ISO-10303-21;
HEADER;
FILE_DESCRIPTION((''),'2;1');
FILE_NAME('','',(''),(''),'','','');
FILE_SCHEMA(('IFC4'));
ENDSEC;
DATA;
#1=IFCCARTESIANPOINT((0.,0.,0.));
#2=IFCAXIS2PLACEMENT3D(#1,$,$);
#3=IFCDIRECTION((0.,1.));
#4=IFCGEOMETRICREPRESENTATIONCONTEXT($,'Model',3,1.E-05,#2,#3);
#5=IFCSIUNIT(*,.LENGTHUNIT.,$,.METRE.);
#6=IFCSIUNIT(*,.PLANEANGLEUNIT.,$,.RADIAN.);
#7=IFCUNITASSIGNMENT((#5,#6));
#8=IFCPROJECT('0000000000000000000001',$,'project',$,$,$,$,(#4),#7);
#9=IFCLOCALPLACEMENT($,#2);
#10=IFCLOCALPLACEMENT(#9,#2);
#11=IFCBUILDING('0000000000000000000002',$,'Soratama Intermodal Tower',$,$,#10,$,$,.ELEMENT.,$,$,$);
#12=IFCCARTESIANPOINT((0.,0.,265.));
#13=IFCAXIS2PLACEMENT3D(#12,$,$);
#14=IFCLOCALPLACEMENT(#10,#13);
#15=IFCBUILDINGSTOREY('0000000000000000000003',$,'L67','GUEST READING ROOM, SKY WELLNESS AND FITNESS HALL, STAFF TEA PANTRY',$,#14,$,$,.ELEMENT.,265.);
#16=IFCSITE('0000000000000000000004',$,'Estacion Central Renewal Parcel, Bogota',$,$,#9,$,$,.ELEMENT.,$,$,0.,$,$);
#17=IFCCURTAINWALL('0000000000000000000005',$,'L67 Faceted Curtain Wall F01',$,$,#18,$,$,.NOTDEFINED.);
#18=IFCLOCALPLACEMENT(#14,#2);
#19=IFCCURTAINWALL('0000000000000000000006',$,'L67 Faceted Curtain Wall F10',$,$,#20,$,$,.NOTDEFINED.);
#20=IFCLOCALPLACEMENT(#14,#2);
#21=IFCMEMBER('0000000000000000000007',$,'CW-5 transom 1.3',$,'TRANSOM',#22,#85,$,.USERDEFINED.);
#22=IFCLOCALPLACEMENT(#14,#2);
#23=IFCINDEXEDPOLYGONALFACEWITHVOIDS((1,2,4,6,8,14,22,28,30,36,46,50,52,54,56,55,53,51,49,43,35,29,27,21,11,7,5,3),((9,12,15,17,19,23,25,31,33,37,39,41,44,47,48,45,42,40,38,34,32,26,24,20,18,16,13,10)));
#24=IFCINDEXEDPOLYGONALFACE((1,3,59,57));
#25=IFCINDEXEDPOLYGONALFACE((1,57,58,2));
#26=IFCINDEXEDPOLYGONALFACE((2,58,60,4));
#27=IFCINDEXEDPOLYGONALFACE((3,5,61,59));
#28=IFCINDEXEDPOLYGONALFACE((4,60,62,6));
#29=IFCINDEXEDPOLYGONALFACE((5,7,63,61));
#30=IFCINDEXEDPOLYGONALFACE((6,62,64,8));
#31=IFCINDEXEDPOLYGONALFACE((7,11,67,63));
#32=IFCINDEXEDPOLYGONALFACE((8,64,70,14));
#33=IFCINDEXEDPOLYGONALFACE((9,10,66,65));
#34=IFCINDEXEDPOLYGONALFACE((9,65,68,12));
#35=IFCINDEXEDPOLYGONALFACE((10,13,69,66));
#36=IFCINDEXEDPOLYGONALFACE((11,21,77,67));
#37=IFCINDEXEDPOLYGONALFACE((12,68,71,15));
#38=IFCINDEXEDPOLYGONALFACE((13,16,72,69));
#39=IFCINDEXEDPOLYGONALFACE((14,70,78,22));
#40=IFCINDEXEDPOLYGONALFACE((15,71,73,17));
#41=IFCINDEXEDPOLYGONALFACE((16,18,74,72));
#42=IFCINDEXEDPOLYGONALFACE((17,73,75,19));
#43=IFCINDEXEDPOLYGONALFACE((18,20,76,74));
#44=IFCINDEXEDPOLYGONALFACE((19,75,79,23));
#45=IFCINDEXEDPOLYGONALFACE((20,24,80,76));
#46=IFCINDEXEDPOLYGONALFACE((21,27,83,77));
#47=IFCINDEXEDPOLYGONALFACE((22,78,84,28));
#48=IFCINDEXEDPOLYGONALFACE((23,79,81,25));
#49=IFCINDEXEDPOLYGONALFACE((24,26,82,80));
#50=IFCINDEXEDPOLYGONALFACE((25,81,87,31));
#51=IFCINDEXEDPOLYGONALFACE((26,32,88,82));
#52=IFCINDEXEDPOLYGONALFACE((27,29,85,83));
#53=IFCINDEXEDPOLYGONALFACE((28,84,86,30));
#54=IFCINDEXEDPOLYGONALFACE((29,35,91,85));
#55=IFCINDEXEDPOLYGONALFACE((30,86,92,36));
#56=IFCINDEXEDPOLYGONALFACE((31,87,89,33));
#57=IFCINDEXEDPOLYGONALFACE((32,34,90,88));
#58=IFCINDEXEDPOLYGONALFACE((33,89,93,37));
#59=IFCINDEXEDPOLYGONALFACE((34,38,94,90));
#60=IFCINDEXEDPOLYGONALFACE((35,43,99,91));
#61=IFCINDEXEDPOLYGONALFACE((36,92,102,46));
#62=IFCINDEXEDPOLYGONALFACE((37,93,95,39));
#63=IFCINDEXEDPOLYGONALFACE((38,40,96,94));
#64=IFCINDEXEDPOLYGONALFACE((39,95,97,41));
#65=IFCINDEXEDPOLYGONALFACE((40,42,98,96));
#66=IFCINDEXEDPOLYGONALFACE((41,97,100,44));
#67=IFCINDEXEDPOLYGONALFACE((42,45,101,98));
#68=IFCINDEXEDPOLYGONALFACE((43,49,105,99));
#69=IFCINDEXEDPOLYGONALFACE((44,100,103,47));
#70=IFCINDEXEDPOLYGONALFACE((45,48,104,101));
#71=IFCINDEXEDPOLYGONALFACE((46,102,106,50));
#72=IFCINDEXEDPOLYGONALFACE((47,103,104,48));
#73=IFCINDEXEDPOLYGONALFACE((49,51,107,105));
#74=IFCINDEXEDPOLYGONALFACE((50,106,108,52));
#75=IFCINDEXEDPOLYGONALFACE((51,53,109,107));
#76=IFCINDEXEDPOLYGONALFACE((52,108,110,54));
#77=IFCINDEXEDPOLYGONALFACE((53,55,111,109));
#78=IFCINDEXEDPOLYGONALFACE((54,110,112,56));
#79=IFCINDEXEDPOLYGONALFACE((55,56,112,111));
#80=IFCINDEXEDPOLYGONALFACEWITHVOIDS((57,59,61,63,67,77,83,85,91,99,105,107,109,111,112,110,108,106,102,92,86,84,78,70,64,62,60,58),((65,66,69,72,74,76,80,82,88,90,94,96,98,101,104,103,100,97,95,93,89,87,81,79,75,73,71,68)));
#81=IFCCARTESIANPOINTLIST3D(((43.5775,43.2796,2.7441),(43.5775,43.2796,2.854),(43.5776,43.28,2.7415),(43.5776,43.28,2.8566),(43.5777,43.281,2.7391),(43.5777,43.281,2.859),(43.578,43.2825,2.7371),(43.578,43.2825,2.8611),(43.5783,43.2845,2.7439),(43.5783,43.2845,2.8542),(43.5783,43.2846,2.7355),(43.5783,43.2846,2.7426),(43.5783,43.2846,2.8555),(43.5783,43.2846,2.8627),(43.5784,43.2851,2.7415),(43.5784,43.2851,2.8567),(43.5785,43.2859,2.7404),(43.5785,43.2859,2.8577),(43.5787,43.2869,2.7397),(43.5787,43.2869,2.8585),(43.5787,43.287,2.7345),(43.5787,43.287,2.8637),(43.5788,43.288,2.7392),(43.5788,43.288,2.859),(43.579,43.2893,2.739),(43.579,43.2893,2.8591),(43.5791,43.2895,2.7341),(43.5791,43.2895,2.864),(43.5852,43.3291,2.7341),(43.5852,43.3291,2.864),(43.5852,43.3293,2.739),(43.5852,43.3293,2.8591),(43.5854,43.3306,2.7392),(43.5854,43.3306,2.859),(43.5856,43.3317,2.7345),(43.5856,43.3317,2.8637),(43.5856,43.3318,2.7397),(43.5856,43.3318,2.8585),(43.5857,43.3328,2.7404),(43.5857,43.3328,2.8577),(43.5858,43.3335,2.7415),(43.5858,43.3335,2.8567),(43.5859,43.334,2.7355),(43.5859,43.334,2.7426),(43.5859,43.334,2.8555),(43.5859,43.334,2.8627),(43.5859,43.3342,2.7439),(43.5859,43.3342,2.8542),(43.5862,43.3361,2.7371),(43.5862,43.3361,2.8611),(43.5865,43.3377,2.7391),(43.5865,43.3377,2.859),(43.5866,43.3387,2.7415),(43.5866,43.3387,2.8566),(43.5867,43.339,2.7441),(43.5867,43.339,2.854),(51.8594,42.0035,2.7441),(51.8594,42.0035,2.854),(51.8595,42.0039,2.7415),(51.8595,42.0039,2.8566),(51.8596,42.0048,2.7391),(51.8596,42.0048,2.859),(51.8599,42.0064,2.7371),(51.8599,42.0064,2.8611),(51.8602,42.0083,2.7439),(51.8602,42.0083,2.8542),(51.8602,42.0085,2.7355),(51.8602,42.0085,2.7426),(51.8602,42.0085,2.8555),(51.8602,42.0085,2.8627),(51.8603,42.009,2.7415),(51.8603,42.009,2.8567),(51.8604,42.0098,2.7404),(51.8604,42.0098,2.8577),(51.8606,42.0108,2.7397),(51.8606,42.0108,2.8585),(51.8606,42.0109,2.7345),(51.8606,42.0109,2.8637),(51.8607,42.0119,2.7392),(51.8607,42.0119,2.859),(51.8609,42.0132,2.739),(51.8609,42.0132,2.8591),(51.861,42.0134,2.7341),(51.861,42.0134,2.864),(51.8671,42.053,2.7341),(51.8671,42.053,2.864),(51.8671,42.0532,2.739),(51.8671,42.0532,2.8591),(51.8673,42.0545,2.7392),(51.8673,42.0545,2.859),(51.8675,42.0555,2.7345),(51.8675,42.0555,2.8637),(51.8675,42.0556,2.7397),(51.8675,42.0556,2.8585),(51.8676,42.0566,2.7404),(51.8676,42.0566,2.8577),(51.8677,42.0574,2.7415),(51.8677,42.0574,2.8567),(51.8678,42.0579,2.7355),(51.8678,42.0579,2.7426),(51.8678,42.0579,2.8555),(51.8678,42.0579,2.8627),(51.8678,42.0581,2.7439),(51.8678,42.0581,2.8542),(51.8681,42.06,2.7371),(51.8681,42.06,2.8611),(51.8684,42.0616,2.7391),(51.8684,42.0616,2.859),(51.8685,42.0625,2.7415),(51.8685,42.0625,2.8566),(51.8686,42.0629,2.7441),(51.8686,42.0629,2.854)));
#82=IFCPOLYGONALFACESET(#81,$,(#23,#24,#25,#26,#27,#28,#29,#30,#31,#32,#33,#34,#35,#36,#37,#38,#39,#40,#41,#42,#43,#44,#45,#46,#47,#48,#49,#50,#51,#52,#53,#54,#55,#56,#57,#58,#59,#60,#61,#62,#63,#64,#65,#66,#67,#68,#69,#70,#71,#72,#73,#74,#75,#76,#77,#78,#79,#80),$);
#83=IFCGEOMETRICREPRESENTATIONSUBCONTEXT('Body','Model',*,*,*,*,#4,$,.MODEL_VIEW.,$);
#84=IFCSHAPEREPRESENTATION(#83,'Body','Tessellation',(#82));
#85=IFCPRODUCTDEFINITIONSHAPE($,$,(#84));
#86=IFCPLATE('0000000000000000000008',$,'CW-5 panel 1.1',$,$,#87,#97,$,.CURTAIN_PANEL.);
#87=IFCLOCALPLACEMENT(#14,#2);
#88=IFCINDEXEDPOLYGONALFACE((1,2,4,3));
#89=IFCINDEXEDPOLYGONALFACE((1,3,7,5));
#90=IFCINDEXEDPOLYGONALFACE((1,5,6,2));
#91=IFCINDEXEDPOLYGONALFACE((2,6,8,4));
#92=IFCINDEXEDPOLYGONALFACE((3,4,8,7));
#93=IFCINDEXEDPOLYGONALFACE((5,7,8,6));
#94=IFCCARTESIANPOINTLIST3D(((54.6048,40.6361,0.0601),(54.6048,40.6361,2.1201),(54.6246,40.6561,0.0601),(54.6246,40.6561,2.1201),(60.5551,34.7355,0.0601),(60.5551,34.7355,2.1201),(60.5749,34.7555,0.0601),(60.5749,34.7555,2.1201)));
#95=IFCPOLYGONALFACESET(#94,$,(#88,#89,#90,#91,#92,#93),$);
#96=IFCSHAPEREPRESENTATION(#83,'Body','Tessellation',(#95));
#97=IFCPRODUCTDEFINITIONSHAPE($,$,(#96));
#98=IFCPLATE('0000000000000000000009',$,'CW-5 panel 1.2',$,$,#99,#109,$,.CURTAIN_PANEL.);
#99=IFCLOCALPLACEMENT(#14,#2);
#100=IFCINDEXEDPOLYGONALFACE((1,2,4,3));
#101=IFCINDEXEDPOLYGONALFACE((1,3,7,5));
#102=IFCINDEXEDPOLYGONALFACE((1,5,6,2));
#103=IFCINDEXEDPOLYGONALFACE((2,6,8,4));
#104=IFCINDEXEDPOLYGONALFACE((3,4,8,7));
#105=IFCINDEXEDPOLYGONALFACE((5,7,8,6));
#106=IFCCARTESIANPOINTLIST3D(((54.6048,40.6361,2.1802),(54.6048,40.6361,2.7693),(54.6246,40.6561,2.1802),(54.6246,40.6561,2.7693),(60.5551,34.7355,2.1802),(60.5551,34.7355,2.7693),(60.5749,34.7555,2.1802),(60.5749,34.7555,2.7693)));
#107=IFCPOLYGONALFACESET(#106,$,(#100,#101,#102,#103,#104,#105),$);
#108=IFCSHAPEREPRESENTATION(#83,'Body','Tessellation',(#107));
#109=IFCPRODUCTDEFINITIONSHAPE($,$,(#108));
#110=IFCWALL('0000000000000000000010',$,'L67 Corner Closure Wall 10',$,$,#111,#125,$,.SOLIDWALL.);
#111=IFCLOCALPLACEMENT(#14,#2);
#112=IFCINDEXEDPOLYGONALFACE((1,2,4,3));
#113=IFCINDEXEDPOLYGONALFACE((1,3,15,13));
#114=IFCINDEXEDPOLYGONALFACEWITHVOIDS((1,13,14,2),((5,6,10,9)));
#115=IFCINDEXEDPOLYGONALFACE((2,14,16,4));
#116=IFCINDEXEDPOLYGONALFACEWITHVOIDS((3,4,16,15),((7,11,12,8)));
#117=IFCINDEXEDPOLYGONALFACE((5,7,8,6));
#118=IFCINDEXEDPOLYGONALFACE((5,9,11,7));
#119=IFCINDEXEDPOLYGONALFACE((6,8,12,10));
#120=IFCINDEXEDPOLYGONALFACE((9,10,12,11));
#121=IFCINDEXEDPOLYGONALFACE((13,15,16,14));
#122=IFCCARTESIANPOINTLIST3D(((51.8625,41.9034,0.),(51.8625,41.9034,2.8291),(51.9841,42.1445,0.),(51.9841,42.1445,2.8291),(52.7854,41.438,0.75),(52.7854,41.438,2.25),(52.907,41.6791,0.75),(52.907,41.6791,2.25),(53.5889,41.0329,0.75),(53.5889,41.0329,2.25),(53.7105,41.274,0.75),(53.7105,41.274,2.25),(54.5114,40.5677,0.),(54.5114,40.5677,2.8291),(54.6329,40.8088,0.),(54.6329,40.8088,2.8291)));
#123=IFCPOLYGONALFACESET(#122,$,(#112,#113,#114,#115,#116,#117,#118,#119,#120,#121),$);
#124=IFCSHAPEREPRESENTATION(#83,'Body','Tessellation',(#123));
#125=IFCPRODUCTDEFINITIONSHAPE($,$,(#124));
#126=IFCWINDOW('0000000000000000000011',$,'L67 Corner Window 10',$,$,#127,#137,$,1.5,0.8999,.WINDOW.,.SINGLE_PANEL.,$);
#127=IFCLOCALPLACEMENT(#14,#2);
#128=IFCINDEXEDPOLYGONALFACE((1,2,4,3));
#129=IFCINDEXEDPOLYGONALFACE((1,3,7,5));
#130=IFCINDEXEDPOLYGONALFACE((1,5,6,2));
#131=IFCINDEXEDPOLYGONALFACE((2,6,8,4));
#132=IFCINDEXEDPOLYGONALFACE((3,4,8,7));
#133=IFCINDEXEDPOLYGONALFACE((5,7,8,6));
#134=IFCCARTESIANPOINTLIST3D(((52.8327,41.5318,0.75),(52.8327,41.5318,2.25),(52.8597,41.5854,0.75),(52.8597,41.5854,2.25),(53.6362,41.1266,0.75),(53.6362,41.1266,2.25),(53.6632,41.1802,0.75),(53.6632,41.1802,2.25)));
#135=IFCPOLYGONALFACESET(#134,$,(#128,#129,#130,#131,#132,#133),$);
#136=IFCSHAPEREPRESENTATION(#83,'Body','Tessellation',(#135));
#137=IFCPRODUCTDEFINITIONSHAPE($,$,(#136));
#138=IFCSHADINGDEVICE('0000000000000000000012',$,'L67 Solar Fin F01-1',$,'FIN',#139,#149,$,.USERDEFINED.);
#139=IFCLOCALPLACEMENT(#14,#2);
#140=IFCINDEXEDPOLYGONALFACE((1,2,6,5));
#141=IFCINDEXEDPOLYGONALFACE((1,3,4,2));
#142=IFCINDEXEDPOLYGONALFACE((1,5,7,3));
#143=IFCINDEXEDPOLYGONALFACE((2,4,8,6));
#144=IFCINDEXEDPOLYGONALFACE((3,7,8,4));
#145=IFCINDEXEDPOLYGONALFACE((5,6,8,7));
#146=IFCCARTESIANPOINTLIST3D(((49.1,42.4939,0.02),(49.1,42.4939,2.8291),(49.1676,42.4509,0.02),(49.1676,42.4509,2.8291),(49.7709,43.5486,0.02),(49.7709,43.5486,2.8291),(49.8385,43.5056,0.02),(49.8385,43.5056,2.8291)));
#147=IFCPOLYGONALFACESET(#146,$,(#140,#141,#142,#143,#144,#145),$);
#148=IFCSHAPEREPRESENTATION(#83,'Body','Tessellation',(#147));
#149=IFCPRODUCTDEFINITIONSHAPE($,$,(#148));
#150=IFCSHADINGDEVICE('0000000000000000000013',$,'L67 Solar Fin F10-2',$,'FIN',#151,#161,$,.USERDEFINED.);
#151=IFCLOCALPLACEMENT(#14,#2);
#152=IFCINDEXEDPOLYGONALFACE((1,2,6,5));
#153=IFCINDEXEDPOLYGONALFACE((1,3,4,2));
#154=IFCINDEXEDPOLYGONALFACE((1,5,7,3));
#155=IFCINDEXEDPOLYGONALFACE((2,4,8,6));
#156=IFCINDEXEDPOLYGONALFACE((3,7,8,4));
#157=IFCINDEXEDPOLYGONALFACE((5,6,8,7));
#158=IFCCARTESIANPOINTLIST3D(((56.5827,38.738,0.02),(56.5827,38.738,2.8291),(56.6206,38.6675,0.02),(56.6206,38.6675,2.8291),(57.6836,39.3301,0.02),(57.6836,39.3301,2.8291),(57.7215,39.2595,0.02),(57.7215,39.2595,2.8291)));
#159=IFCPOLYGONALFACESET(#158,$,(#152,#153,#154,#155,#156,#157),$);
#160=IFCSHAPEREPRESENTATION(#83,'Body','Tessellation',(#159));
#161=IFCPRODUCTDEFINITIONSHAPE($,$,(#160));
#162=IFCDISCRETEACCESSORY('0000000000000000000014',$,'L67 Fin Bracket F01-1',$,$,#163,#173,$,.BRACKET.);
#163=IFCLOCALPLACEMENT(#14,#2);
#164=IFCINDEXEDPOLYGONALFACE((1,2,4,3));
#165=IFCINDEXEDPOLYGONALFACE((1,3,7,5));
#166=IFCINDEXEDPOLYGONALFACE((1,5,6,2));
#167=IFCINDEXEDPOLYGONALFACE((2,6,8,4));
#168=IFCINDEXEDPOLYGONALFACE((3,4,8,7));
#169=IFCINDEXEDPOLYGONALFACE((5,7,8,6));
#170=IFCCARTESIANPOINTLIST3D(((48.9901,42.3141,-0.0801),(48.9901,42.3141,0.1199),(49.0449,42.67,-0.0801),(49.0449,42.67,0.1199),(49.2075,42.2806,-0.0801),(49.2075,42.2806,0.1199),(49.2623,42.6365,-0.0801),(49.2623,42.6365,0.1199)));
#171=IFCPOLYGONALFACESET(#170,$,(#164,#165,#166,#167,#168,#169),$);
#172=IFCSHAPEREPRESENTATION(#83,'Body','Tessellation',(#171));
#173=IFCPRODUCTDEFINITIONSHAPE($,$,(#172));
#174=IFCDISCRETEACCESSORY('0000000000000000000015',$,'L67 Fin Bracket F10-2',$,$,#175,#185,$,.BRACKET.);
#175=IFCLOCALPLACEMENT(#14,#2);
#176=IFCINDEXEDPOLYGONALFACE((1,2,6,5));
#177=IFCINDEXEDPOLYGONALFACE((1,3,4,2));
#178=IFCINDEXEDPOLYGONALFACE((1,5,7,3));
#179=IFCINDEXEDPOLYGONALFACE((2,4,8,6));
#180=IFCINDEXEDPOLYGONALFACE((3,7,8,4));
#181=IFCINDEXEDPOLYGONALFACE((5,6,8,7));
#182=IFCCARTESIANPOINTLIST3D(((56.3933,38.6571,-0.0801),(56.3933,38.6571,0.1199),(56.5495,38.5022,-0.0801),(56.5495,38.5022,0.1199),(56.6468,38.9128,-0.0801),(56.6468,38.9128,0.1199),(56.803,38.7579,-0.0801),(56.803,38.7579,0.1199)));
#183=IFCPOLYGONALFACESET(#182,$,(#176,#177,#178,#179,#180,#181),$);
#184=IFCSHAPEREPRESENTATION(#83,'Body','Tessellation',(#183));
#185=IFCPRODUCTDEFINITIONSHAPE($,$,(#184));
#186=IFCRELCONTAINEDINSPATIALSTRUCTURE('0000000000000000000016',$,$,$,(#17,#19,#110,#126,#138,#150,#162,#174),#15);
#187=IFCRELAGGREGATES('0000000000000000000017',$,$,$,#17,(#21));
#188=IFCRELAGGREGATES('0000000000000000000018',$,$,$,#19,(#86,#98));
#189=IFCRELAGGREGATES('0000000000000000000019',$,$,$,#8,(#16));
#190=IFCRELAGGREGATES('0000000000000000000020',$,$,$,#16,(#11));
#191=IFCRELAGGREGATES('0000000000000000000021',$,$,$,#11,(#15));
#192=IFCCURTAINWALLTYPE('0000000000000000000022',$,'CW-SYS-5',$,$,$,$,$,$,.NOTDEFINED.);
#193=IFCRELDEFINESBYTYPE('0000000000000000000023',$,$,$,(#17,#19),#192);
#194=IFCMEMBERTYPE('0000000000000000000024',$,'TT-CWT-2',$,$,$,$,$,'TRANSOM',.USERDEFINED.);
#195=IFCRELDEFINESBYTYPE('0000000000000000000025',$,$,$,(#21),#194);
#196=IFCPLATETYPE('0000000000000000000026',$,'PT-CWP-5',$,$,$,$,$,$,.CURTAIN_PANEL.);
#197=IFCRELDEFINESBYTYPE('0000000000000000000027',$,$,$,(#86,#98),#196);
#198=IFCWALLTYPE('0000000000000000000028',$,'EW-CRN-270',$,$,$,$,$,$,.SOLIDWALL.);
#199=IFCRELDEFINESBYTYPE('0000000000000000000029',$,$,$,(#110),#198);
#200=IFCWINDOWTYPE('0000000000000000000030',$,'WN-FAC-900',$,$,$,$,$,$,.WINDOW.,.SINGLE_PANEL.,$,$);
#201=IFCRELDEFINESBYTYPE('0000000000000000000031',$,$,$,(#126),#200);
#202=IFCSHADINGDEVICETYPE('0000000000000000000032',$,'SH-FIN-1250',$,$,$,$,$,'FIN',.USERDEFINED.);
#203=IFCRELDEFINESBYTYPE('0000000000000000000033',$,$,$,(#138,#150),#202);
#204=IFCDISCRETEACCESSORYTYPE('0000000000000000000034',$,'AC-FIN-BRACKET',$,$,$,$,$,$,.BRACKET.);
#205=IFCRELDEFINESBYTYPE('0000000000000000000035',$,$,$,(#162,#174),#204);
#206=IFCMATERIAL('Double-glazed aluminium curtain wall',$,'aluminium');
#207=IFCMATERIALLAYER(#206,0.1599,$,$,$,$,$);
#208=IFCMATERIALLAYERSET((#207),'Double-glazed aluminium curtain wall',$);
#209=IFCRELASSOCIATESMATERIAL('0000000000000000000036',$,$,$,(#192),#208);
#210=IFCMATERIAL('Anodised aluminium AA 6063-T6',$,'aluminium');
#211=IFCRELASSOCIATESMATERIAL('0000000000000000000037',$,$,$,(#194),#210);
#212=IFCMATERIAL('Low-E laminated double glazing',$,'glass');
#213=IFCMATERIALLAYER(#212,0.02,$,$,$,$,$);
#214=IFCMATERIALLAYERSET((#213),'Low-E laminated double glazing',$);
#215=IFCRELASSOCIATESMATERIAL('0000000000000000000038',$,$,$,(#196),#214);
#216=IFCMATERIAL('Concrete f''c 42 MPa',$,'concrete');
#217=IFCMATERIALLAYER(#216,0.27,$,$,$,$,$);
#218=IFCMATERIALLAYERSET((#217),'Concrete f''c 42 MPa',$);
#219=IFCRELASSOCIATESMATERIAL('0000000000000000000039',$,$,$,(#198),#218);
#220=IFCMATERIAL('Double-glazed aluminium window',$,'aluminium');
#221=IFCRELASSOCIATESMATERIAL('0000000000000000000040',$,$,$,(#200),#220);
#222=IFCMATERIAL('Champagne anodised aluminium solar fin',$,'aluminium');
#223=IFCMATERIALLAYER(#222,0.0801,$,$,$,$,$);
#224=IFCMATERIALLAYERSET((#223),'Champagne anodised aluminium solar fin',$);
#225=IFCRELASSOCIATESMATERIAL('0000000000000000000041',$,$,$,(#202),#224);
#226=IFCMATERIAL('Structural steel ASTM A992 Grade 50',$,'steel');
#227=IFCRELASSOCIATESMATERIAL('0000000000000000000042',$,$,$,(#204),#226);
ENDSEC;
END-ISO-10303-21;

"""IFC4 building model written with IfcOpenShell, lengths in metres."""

from ifc_helpers import new_model, si_unit, direction, frame, frame_2d, origin, origin_2d, place, context, subcontext, project, spatial, rectangle, hollow_rectangle, extrude, material, layer, layer_set, material_profile, profile_set, type_object, element, fill, aggregate, save


model = new_model("IFC4")

# Units and contexts
model_context = context("Model", 3, precision=1e-05, world=origin(), true_north=direction((0.0, 1.0)))
body_context = subcontext(model_context, "Body", "Model", "MODEL_VIEW")
ifc_project = project(units=[si_unit("LENGTHUNIT", "METRE"), si_unit("PLANEANGLEUNIT", "RADIAN")], contexts=[model_context])

# Site, building, storey
site_placement = place(None, origin())
site = spatial("IfcSite", under=ifc_project, at=site_placement, Name="Estacion Central Renewal Parcel, Bogota", CompositionType="ELEMENT", RefElevation=0.0)
building_placement = place(site_placement, origin())
building = spatial("IfcBuilding", under=site, at=building_placement, Name="Soratama Intermodal Tower", CompositionType="ELEMENT")
storey_placement = place(building_placement, frame((0.0, 0.0, 265.0)))
storey = spatial("IfcBuildingStorey", under=building, at=storey_placement, Name="L67", Description="GUEST READING ROOM, SKY WELLNESS AND FITNESS HALL, STAFF TEA PANTRY", CompositionType="ELEMENT", Elevation=265.0)

# Curtain walls
ifc_material_1 = material(Name="Double-glazed aluminium curtain wall", Category="aluminium")
ifc_layer_1 = layer(ifc_material_1, 0.1599)
ifc_layer_set_1 = layer_set([ifc_layer_1], Name="Double-glazed aluminium curtain wall")
curtain_wall_type = type_object("IfcCurtainWallType", Name="CW-SYS-5", PredefinedType="NOTDEFINED", material=ifc_layer_set_1)
curtain_wall_1_placement = place(storey_placement, origin())
curtain_wall_1 = element("IfcCurtainWall", 1, at=curtain_wall_1_placement, inside=storey, type_object=curtain_wall_type, Name="L67 Faceted Curtain Wall F01", PredefinedType="NOTDEFINED")
curtain_wall_2_placement = place(storey_placement, origin())
curtain_wall_2 = element("IfcCurtainWall", 2, at=curtain_wall_2_placement, inside=storey, type_object=curtain_wall_type, Name="L67 Faceted Curtain Wall F10", PredefinedType="NOTDEFINED")

# Member
ifc_material_2 = material(Name="Anodised aluminium AA 6063-T6", Category="aluminium")
ifc_material_profile_1 = material_profile(ifc_material_2, hollow_rectangle(XDim=0.0601, YDim=0.1299, WallThickness=0.0049, InnerFilletRadius=0.0049, OuterFilletRadius=0.01, at=origin_2d()), Name="CWT130X60X5")
ifc_profile_set_1 = profile_set([ifc_material_profile_1], Name="Anodised aluminium AA 6063-T6")
member_type_1 = type_object("IfcMemberType", Name="TT-CWT-2", ElementType="TRANSOM", PredefinedType="USERDEFINED", material=ifc_profile_set_1)
member_1_placement = place(storey_placement, frame((51.864, 42.0332, 2.7991), z_axis=(-0.988336, 0.152287, 0.0), x_axis=(-0.152287, -0.988336, 0.0)))
member_1 = element("IfcMember", 3, at=member_1_placement, type_object=member_type_1, Name="CW-5 transom 1.3", ObjectType="TRANSOM", PredefinedType="USERDEFINED", context=body_context, shape_type="SweptSolid", body=[
    extrude(hollow_rectangle(XDim=0.0601, YDim=0.1299, WallThickness=0.0049, InnerFilletRadius=0.0049, OuterFilletRadius=0.01, at=origin_2d()), origin(), (0.0, 0.0, 1.0), 8.3796),
])
aggregate(curtain_wall_1, [member_1])

# Plates
ifc_material_3 = material(Name="Low-E laminated double glazing", Category="glass")
ifc_layer_2 = layer(ifc_material_3, 0.02)
ifc_layer_set_2 = layer_set([ifc_layer_2], Name="Low-E laminated double glazing")
plate_type = type_object("IfcPlateType", Name="PT-CWP-5", PredefinedType="CURTAIN_PANEL", material=ifc_layer_set_2)
plate_1_placement = place(storey_placement, frame((57.5898, 37.6958, 0.0601), z_axis=(0.0, 0.0, 1.0), x_axis=(-0.710065, 0.704136, 0.0)))
plate_1 = element("IfcPlate", 4, at=plate_1_placement, type_object=plate_type, Name="CW-5 panel 1.1", PredefinedType="CURTAIN_PANEL", context=body_context, shape_type="SweptSolid", body=[
    extrude(rectangle(XDim=8.3799, YDim=0.0281, at=origin_2d()), origin(), (0.0, 0.0, 1.0), 2.0601),
])
plate_2_placement = place(storey_placement, frame((57.5898, 37.6958, 2.1802), z_axis=(0.0, 0.0, 1.0), x_axis=(-0.710065, 0.704136, 0.0)))
plate_2 = element("IfcPlate", 5, at=plate_2_placement, type_object=plate_type, Name="CW-5 panel 1.2", PredefinedType="CURTAIN_PANEL", context=body_context, shape_type="SweptSolid", body=[
    extrude(rectangle(XDim=8.3799, YDim=0.0281, at=origin_2d()), origin(), (0.0, 0.0, 1.0), 0.5891),
])
aggregate(curtain_wall_2, [plate_1, plate_2])

# Wall, opening, window
ifc_material_4 = material(Name="Concrete f'c 42 MPa", Category="concrete")
ifc_layer_3 = layer(ifc_material_4, 0.27)
ifc_layer_set_3 = layer_set([ifc_layer_3], Name="Concrete f'c 42 MPa")
wall_type = type_object("IfcWallType", Name="EW-CRN-270", PredefinedType="SOLIDWALL", material=ifc_layer_set_3)
wall_placement = place(storey_placement, frame((54.5723, 40.6882, 0.0), z_axis=(0.0, 0.0, 1.0), x_axis=(-0.892908, 0.45024, 0.0)))
wall = element("IfcWall", 6, at=wall_placement, inside=storey, type_object=wall_type, Name="L67 Corner Closure Wall 10", PredefinedType="SOLIDWALL", context=body_context, shape_type="SweptSolid", body=[
    extrude(rectangle(XDim=2.9666, YDim=0.27, at=frame_2d((1.4834, 0.0))), origin(), (0.0, 0.0, 1.0), 2.8291),
])
opening_placement = place(wall_placement, frame((1.0332, 0.0, 0.75)))
opening = element("IfcOpeningElement", 7, at=opening_placement, cuts=wall, PredefinedType="OPENING", context=body_context, shape_type="SweptSolid", body=[
    extrude(rectangle(XDim=0.8999, YDim=1.5, at=frame_2d((0.45, 0.75))), frame((0.0, 0.145, 0.0), z_axis=(0.0, -1.0, 0.0), x_axis=(1.0, 0.0, 0.0)), (0.0, 0.0, 1.0), 0.29),
])
ifc_material_5 = material(Name="Double-glazed aluminium window", Category="aluminium")
window_type = type_object("IfcWindowType", Name="WN-FAC-900", PartitioningType="SINGLE_PANEL", PredefinedType="WINDOW", material=ifc_material_5)
window_placement = place(opening_placement, origin())
window = element("IfcWindow", 8, at=window_placement, inside=storey, type_object=window_type, Name="L67 Corner Window 10", OverallHeight=1.5, OverallWidth=0.8999, PartitioningType="SINGLE_PANEL", PredefinedType="WINDOW", context=body_context, shape_type="SweptSolid", body=[
    extrude(rectangle(XDim=0.8999, YDim=1.5, at=frame_2d((0.45, 0.75))), frame((0.0, 0.03, 0.0), z_axis=(0.0, -1.0, 0.0), x_axis=(1.0, 0.0, 0.0)), (0.0, 0.0, 1.0), 0.0601),
])
fill(opening, window)

# Shading devices
ifc_material_6 = material(Name="Champagne anodised aluminium solar fin", Category="aluminium")
ifc_layer_4 = layer(ifc_material_6, 0.0801)
ifc_layer_set_4 = layer_set([ifc_layer_4], Name="Champagne anodised aluminium solar fin")
shading_device_type = type_object("IfcShadingDeviceType", Name="SH-FIN-1250", ElementType="FIN", PredefinedType="USERDEFINED", material=ifc_layer_set_4)
for number, where, z_axis, x_axis, name in (
    (9, (49.4692, 42.9998, 0.02), (0.0, 0.0, 1.0), (0.536711, 0.843766, 0.0), "L67 Solar Fin F01-1"),
    (10, (57.1521, 38.9988, 0.02), (0.0, 0.0, 1.0), (0.880725, 0.473627, 0.0), "L67 Solar Fin F10-2"),
):
    element("IfcShadingDevice", number, at=place(storey_placement, frame(where, z_axis=z_axis, x_axis=x_axis)), inside=storey, type_object=shading_device_type, Name=name, ObjectType="FIN", PredefinedType="USERDEFINED", context=body_context, shape_type="SweptSolid", body=[
        extrude(rectangle(XDim=1.25, YDim=0.0801, at=origin_2d()), origin(), (0.0, 0.0, 1.0), 2.8091),
    ])

# Discrete accessories
ifc_material_7 = material(Name="Structural steel ASTM A992 Grade 50", Category="steel")
discrete_accessory_type = type_object("IfcDiscreteAccessoryType", Name="AC-FIN-BRACKET", PredefinedType="BRACKET", material=ifc_material_7)
for number, where, z_axis, x_axis, name in (
    (11, (49.1262, 42.4753, -0.0801), (0.0, 0.0, 1.0), (0.152296, 0.988335, 0.0), "L67 Fin Bracket F01-1"),
    (12, (56.5981, 38.7075, -0.0801), (0.0, 0.0, 1.0), (0.704139, 0.710062, 0.0), "L67 Fin Bracket F10-2"),
):
    element("IfcDiscreteAccessory", number, at=place(storey_placement, frame(where, z_axis=z_axis, x_axis=x_axis)), inside=storey, type_object=discrete_accessory_type, Name=name, PredefinedType="BRACKET", context=body_context, shape_type="SweptSolid", body=[
        extrude(rectangle(XDim=0.3601, YDim=0.22, at=origin_2d()), origin(), (0.0, 0.0, 1.0), 0.2),
    ])

save(model, "model.ifc")
